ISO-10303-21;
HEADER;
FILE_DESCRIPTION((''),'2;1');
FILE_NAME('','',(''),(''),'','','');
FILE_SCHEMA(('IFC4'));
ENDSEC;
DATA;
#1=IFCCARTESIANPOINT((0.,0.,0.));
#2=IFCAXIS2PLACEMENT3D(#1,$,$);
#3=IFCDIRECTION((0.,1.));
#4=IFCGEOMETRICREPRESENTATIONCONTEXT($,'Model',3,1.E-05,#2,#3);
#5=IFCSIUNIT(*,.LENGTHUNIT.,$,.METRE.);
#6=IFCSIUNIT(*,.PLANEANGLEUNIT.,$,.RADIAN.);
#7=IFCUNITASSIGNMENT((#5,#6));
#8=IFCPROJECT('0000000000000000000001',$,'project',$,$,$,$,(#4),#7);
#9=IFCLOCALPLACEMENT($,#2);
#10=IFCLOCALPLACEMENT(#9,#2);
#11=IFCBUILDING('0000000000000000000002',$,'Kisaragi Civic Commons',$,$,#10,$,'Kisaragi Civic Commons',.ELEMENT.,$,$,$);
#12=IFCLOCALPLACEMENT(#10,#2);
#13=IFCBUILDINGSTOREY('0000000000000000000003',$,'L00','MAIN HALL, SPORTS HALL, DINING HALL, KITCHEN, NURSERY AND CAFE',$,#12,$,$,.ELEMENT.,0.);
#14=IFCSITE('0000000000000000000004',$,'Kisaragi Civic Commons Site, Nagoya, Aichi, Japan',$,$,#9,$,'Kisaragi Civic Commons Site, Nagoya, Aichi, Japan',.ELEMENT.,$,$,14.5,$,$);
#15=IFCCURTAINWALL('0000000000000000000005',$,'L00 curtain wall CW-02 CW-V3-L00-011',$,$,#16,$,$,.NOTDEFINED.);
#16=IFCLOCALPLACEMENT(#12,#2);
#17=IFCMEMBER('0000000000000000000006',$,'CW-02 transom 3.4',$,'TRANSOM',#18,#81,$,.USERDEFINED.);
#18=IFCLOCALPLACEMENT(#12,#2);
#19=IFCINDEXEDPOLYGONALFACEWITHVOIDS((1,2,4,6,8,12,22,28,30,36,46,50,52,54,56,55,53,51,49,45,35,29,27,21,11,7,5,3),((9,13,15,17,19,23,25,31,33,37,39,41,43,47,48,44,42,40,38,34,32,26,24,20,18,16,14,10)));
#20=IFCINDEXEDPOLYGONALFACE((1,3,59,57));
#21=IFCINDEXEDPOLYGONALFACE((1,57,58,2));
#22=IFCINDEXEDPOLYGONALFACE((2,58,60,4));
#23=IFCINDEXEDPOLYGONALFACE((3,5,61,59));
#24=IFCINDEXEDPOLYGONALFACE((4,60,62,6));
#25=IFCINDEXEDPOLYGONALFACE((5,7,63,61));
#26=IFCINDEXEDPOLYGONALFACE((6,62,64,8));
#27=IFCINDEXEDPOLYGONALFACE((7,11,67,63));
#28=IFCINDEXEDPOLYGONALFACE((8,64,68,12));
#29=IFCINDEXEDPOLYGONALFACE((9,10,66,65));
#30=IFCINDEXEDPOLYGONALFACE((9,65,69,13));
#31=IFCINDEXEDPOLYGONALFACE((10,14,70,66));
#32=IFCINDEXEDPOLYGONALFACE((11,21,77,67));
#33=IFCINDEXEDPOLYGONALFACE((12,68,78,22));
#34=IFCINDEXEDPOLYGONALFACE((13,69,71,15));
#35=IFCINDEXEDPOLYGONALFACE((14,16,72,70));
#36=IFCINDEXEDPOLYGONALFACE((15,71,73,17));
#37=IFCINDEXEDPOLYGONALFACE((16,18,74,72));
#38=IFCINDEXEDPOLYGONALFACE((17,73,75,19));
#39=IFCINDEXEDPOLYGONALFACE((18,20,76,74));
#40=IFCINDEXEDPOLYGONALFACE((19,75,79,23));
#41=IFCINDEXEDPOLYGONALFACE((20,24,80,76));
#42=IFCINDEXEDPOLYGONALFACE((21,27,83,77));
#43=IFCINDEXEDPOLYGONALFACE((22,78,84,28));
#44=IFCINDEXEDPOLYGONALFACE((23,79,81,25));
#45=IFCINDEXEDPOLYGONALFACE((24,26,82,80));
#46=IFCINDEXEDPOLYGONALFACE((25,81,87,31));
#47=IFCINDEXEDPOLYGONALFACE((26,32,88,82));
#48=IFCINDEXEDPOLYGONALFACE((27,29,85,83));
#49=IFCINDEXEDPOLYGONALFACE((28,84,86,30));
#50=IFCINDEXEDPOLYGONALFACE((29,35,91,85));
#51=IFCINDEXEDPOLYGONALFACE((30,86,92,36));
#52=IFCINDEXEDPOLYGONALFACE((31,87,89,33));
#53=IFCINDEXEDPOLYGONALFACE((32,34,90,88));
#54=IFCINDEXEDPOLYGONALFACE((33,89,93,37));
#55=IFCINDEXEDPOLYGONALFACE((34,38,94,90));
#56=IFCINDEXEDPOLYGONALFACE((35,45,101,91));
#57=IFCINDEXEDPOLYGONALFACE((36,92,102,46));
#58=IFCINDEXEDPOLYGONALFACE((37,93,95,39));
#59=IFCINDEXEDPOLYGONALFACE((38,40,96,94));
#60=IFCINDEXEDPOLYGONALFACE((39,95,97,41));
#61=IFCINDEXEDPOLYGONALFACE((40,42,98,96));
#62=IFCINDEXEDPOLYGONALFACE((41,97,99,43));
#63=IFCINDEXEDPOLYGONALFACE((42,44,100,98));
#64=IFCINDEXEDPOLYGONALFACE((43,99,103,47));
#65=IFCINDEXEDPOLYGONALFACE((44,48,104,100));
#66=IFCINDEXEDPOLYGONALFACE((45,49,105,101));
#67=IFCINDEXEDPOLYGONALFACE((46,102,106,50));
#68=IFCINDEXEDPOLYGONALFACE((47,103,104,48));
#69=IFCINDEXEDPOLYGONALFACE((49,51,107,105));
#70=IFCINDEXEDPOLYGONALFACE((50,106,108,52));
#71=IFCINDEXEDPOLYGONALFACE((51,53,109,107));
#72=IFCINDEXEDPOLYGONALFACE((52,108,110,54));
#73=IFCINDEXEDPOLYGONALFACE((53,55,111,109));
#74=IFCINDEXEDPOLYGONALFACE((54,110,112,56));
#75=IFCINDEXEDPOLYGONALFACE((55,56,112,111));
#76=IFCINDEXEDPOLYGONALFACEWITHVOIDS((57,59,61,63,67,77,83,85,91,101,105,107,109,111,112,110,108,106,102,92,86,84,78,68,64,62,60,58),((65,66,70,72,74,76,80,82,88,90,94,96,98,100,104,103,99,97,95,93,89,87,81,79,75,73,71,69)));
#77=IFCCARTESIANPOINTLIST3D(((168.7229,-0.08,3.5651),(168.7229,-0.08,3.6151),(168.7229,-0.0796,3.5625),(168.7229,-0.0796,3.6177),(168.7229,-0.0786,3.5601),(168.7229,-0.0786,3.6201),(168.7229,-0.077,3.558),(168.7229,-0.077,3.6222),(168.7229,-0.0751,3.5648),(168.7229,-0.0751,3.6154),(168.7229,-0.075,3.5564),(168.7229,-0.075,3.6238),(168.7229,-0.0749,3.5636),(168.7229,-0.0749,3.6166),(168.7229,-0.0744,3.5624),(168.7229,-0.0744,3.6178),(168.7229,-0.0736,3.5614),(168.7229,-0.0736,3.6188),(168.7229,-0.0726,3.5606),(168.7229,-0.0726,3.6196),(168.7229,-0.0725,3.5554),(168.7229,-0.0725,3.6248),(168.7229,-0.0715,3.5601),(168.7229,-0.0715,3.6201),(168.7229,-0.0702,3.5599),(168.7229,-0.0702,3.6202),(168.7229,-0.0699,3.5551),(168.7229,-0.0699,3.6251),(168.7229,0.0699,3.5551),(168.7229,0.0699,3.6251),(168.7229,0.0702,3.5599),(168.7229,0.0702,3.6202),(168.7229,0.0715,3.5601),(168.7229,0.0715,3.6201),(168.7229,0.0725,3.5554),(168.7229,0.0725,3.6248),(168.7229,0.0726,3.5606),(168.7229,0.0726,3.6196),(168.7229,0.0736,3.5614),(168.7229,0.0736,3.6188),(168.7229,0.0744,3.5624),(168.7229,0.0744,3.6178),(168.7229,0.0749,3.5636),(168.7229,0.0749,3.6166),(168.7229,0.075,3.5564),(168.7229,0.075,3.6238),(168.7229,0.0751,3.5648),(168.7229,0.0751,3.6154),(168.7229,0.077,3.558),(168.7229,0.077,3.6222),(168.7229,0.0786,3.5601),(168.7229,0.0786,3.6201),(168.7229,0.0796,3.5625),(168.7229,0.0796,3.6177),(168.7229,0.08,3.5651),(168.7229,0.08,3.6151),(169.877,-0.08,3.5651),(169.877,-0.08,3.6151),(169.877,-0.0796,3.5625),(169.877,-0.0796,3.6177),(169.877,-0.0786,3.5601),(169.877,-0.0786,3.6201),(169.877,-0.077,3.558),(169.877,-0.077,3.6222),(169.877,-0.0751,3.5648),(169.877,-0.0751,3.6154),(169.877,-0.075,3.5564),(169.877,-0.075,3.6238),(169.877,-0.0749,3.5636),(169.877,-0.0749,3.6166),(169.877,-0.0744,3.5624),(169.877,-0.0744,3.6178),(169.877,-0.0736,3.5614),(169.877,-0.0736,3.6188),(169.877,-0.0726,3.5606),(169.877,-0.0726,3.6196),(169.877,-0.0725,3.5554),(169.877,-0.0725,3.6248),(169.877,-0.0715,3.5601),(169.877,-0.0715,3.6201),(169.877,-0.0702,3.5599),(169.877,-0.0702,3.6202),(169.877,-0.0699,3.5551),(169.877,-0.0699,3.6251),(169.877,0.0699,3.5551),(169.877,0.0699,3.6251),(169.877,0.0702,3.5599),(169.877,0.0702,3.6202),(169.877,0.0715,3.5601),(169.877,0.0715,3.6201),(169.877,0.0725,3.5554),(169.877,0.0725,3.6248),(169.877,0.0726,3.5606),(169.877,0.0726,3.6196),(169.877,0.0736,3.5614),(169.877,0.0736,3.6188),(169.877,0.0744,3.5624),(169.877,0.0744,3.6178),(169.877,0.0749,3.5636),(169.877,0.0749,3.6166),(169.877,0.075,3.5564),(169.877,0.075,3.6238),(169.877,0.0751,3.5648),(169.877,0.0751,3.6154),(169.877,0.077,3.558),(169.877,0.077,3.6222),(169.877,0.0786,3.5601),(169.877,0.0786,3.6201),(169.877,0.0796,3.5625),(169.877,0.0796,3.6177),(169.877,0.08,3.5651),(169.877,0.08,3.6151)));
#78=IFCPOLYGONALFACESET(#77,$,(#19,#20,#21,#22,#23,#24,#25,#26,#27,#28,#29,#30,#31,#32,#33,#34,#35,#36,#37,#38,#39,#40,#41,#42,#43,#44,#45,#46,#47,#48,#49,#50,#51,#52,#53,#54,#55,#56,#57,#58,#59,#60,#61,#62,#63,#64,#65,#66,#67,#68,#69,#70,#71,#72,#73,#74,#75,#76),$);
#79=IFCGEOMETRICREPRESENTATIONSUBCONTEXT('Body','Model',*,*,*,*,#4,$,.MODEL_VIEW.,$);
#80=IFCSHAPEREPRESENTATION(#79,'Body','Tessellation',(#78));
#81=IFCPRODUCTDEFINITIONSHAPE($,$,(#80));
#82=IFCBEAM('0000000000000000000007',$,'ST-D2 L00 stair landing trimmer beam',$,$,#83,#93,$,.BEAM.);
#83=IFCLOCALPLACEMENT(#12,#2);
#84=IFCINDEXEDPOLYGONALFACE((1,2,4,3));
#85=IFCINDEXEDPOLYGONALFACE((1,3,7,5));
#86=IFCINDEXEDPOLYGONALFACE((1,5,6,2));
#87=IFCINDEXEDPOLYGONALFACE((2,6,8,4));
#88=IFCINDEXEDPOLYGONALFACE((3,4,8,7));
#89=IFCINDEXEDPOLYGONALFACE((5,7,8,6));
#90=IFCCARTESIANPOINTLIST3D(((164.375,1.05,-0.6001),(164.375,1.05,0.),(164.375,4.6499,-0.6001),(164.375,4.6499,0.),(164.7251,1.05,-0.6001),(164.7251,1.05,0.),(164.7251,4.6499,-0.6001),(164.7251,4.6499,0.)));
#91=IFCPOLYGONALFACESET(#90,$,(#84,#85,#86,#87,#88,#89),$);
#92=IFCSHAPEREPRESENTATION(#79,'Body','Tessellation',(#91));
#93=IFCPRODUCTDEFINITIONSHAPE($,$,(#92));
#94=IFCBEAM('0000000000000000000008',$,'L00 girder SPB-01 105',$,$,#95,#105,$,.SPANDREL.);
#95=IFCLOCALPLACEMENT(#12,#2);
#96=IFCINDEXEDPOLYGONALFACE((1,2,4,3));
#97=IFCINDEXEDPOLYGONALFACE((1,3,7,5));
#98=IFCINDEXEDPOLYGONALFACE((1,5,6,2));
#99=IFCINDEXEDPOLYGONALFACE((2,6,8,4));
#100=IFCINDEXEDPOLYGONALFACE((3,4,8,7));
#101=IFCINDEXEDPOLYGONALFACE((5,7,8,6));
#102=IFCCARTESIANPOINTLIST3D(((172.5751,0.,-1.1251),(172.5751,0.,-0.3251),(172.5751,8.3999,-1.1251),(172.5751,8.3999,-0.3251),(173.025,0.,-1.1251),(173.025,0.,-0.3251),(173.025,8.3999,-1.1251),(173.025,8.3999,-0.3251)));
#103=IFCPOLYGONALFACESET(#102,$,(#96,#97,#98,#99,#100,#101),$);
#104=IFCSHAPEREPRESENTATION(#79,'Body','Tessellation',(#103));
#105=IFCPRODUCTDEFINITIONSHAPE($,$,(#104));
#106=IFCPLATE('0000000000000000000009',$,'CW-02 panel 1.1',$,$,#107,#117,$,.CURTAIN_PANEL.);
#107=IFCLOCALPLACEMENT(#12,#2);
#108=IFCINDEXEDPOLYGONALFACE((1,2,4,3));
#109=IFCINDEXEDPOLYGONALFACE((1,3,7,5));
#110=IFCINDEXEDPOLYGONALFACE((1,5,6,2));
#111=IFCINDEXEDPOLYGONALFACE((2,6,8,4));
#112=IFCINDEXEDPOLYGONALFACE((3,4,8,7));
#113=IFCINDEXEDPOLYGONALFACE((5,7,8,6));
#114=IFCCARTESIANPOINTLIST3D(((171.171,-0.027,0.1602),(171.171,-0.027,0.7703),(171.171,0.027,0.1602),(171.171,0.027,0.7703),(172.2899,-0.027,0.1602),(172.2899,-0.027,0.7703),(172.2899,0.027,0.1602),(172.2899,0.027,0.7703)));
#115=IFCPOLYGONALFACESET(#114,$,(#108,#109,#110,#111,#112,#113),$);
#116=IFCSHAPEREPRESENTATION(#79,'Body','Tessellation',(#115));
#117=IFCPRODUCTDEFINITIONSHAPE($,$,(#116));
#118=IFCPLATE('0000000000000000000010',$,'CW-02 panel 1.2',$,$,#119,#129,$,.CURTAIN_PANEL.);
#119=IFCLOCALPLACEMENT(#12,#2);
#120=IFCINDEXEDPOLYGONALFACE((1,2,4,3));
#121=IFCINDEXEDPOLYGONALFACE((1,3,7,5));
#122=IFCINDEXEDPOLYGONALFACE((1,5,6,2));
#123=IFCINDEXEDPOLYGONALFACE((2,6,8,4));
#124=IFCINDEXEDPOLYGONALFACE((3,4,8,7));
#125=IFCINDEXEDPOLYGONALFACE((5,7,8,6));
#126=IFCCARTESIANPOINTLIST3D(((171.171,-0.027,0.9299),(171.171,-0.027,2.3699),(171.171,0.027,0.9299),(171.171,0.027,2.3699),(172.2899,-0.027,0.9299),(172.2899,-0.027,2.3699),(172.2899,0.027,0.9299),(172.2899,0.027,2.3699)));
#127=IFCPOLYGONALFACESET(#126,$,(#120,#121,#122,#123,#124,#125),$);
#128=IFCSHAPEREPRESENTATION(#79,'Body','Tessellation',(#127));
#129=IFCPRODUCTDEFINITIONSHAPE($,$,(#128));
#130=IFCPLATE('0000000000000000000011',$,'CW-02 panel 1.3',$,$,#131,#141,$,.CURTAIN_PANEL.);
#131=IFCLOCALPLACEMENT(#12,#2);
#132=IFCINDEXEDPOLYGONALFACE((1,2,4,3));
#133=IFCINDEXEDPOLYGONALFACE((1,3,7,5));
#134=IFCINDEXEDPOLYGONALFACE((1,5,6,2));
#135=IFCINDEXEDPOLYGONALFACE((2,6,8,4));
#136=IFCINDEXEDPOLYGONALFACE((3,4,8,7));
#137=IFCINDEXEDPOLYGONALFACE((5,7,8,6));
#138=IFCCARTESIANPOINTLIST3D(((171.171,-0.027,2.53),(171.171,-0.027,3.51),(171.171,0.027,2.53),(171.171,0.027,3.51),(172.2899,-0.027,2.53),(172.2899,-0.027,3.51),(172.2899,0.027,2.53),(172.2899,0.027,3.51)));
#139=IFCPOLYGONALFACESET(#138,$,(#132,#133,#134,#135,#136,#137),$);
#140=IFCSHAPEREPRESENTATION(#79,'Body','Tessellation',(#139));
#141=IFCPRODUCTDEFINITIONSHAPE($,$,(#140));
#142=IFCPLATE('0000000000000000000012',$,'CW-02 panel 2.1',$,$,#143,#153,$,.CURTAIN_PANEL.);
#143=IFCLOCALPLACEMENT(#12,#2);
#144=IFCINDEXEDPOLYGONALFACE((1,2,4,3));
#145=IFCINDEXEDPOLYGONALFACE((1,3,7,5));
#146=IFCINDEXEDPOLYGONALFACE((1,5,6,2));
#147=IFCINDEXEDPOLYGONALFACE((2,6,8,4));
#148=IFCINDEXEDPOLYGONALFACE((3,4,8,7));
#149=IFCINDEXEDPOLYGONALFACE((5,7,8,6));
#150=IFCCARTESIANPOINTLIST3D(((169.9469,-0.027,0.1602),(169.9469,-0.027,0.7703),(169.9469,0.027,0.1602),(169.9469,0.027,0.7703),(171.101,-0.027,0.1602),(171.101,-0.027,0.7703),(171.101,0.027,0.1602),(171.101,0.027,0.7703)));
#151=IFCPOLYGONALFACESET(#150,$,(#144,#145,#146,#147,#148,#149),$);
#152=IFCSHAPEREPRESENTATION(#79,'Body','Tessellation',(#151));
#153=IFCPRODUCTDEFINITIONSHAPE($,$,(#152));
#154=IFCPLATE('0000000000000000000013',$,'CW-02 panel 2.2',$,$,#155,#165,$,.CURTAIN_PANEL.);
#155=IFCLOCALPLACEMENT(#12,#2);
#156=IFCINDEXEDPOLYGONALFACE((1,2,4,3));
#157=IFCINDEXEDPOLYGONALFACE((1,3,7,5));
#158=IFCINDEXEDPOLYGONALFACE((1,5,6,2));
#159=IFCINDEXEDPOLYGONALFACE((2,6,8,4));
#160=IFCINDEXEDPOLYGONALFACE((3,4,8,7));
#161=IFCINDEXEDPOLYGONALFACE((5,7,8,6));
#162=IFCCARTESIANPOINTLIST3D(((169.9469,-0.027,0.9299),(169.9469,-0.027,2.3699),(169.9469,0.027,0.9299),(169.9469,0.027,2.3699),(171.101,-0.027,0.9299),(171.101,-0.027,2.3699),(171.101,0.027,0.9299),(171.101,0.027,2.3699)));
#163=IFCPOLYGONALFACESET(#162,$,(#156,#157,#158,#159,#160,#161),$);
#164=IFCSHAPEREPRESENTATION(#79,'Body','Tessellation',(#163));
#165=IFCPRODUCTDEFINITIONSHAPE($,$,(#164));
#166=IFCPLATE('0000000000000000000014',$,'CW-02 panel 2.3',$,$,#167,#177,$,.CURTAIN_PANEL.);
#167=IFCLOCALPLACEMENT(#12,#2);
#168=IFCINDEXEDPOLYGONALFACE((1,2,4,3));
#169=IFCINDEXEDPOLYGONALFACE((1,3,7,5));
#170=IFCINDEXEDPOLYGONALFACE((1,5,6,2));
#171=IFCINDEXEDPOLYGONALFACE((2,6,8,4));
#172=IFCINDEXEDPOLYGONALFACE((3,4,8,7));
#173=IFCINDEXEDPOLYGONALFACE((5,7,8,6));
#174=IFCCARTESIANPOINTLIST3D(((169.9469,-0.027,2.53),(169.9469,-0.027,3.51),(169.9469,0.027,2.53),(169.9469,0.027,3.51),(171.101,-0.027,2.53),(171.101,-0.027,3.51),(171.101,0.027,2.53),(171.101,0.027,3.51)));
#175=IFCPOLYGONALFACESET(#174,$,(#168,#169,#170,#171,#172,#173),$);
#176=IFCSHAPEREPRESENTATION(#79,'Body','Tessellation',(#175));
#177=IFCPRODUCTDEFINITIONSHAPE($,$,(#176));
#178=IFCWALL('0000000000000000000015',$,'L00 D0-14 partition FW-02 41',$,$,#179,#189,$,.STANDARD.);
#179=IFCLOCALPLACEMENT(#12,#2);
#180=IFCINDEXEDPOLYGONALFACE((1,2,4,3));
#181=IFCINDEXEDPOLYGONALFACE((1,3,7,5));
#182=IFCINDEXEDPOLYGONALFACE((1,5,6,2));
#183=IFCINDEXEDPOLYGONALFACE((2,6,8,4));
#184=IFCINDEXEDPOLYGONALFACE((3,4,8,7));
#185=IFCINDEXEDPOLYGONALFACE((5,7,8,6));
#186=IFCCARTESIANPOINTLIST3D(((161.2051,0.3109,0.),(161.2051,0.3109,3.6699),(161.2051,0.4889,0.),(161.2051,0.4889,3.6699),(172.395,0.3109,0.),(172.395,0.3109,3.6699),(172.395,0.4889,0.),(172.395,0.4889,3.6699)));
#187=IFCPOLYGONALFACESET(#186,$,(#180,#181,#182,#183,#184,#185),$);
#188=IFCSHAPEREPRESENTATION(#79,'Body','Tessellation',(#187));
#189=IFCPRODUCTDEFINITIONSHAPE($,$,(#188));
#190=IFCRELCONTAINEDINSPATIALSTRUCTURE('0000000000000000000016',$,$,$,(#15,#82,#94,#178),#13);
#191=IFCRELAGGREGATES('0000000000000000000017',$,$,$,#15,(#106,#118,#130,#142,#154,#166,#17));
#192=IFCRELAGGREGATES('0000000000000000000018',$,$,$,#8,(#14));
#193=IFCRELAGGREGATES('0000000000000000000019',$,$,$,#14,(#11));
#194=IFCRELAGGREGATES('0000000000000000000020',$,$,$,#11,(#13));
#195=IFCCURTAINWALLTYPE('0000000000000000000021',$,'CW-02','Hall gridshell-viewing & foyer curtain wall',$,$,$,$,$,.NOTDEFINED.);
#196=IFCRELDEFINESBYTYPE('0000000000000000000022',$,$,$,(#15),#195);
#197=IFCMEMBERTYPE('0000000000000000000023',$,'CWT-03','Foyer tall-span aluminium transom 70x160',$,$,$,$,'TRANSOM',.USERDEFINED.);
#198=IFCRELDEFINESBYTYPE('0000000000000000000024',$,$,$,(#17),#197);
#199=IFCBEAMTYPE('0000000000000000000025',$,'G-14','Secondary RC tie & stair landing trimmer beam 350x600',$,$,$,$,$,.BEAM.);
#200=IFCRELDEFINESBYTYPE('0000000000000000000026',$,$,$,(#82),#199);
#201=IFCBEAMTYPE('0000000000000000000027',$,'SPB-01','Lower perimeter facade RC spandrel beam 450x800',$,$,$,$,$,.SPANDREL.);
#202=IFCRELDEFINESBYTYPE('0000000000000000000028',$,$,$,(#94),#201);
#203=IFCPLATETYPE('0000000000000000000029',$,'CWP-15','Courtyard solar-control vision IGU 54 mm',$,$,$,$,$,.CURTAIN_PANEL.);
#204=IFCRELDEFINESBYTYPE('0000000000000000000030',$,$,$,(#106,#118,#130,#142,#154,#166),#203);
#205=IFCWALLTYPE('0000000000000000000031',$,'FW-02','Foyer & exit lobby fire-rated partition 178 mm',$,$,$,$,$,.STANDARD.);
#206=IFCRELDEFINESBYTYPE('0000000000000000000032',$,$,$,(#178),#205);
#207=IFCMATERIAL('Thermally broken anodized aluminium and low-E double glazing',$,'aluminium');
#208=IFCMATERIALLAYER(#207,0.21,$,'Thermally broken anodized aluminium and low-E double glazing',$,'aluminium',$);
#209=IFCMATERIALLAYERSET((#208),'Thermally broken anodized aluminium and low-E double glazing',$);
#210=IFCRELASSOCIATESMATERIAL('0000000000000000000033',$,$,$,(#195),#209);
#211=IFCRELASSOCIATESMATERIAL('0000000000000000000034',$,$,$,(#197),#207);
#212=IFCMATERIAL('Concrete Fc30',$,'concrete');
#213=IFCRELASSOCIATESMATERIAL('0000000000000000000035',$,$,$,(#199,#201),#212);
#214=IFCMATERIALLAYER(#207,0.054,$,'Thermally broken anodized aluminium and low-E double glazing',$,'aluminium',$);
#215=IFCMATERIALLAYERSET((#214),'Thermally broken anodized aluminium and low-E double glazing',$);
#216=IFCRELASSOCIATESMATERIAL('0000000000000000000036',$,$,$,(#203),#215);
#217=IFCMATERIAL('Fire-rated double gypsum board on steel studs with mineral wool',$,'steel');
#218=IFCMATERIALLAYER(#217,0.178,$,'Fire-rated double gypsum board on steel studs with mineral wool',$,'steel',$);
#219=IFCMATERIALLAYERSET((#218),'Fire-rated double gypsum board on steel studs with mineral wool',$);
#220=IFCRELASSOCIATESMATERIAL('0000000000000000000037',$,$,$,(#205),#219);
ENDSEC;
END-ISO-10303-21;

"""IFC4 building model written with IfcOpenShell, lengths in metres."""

from ifc_helpers import new_model, si_unit, direction, frame, frame_2d, origin, origin_2d, place, context, subcontext, project, spatial, rectangle, hollow_rectangle, extrude, material, layer, layer_set, material_profile, profile_set, type_object, element, aggregate, save


model = new_model("IFC4")

# Units and contexts
model_context = context("Model", 3, precision=1e-05, world=origin(), true_north=direction((0.0, 1.0)))
body_context = subcontext(model_context, "Body", "Model", "MODEL_VIEW")
ifc_project = project(units=[si_unit("LENGTHUNIT", "METRE"), si_unit("PLANEANGLEUNIT", "RADIAN")], contexts=[model_context])

# Site, building, storey
site_placement = place(None, origin())
site = spatial("IfcSite", under=ifc_project, at=site_placement, Name="Kisaragi Civic Commons Site, Nagoya, Aichi, Japan", LongName="Kisaragi Civic Commons Site, Nagoya, Aichi, Japan", CompositionType="ELEMENT", RefElevation=14.5)
building_placement = place(site_placement, origin())
building = spatial("IfcBuilding", under=site, at=building_placement, Name="Kisaragi Civic Commons", LongName="Kisaragi Civic Commons", CompositionType="ELEMENT")
storey_placement = place(building_placement, origin())
storey = spatial("IfcBuildingStorey", under=building, at=storey_placement, Name="L00", Description="MAIN HALL, SPORTS HALL, DINING HALL, KITCHEN, NURSERY AND CAFE", CompositionType="ELEMENT", Elevation=0.0)

# Curtain wall, member
ifc_material_1 = material(Name="Thermally broken anodized aluminium and low-E double glazing", Category="aluminium")
ifc_layer_1 = layer(ifc_material_1, 0.21, Name="Thermally broken anodized aluminium and low-E double glazing", Category="aluminium")
ifc_layer_set_1 = layer_set([ifc_layer_1], Name="Thermally broken anodized aluminium and low-E double glazing")
curtain_wall_type = type_object("IfcCurtainWallType", Name="CW-02", Description="Hall gridshell-viewing & foyer curtain wall", PredefinedType="NOTDEFINED", material=ifc_layer_set_1)
curtain_wall_placement = place(storey_placement, origin())
curtain_wall = element("IfcCurtainWall", 1, at=curtain_wall_placement, inside=storey, type_object=curtain_wall_type, Name="L00 curtain wall CW-02 CW-V3-L00-011", PredefinedType="NOTDEFINED")
ifc_material_profile_1 = material_profile(ifc_material_1, hollow_rectangle(XDim=0.1599, YDim=0.0701, WallThickness=0.0049, InnerFilletRadius=0.0049, OuterFilletRadius=0.01, at=origin_2d()), Name="CWT-70x160x5", Category="aluminium")
ifc_profile_set_1 = profile_set([ifc_material_profile_1], Name="Thermally broken anodized aluminium and low-E double glazing")
member_type_1 = type_object("IfcMemberType", Name="CWT-03", Description="Foyer tall-span aluminium transom 70x160", ElementType="TRANSOM", PredefinedType="USERDEFINED", material=ifc_profile_set_1)
member_1_placement = place(storey_placement, frame((169.877, 0.0, 3.5901), z_axis=(-1.0, 0.0, 0.0), x_axis=(0.0, -1.0, 0.0)))
member_1 = element("IfcMember", 2, at=member_1_placement, type_object=member_type_1, Name="CW-02 transom 3.4", ObjectType="TRANSOM", PredefinedType="USERDEFINED", context=body_context, shape_type="SweptSolid", body=[
    extrude(hollow_rectangle(XDim=0.1599, YDim=0.0701, WallThickness=0.0049, InnerFilletRadius=0.0049, OuterFilletRadius=0.01, at=origin_2d()), origin(), (0.0, 0.0, 1.0), 1.1541),
])

# Beams
ifc_material_2 = material(Name="Concrete Fc30", Category="concrete")
ifc_material_profile_2 = material_profile(ifc_material_2, rectangle(XDim=0.3501, YDim=0.6001, at=origin_2d()), Name="RC-350x600", Category="concrete")
ifc_profile_set_2 = profile_set([ifc_material_profile_2], Name="Concrete Fc30")
beam_type_1 = type_object("IfcBeamType", Name="G-14", Description="Secondary RC tie & stair landing trimmer beam 350x600", PredefinedType="BEAM", material=ifc_profile_set_2)
beam_1_placement = place(storey_placement, frame((164.55, 1.05, -0.3), z_axis=(0.0, 1.0, 0.0), x_axis=(-1.0, 0.0, 0.0)))
element("IfcBeam", 3, at=beam_1_placement, inside=storey, type_object=beam_type_1, Name="ST-D2 L00 stair landing trimmer beam", PredefinedType="BEAM", context=body_context, shape_type="SweptSolid", body=[
    extrude(rectangle(XDim=0.3501, YDim=0.6001, at=origin_2d()), origin(), (0.0, 0.0, 1.0), 3.5999),
])
ifc_material_profile_3 = material_profile(ifc_material_2, rectangle(XDim=0.45, YDim=0.8, at=origin_2d()), Name="RC-450x800", Category="concrete")
ifc_profile_set_3 = profile_set([ifc_material_profile_3], Name="Concrete Fc30")
beam_type_2 = type_object("IfcBeamType", Name="SPB-01", Description="Lower perimeter facade RC spandrel beam 450x800", PredefinedType="SPANDREL", material=ifc_profile_set_3)
beam_2_placement = place(storey_placement, frame((172.8, 0.0, -0.7251), z_axis=(0.0, 1.0, 0.0), x_axis=(-1.0, 0.0, 0.0)))
element("IfcBeam", 4, at=beam_2_placement, inside=storey, type_object=beam_type_2, Name="L00 girder SPB-01 105", PredefinedType="SPANDREL", context=body_context, shape_type="SweptSolid", body=[
    extrude(rectangle(XDim=0.45, YDim=0.8, at=origin_2d()), origin(), (0.0, 0.0, 1.0), 8.3999),
])

# Plates
ifc_layer_2 = layer(ifc_material_1, 0.054, Name="Thermally broken anodized aluminium and low-E double glazing", Category="aluminium")
ifc_layer_set_2 = layer_set([ifc_layer_2], Name="Thermally broken anodized aluminium and low-E double glazing")
plate_type = type_object("IfcPlateType", Name="CWP-15", Description="Courtyard solar-control vision IGU 54 mm", PredefinedType="CURTAIN_PANEL", material=ifc_layer_set_2)
plate_1_placement = place(storey_placement, frame((171.7305, 0.0, 0.1602), z_axis=(0.0, 0.0, 1.0), x_axis=(-1.0, 0.0, 0.0)))
plate_1 = element("IfcPlate", 5, at=plate_1_placement, type_object=plate_type, Name="CW-02 panel 1.1", PredefinedType="CURTAIN_PANEL", context=body_context, shape_type="SweptSolid", body=[
    extrude(rectangle(XDim=1.1189, YDim=0.054, at=origin_2d()), origin(), (0.0, 0.0, 1.0), 0.6101),
])
plate_2_placement = place(storey_placement, frame((171.7305, 0.0, 0.9299), z_axis=(0.0, 0.0, 1.0), x_axis=(-1.0, 0.0, 0.0)))
plate_2 = element("IfcPlate", 6, at=plate_2_placement, type_object=plate_type, Name="CW-02 panel 1.2", PredefinedType="CURTAIN_PANEL", context=body_context, shape_type="SweptSolid", body=[
    extrude(rectangle(XDim=1.1189, YDim=0.054, at=origin_2d()), origin(), (0.0, 0.0, 1.0), 1.4399),
])
plate_3_placement = place(storey_placement, frame((171.7305, 0.0, 2.53), z_axis=(0.0, 0.0, 1.0), x_axis=(-1.0, 0.0, 0.0)))
plate_3 = element("IfcPlate", 7, at=plate_3_placement, type_object=plate_type, Name="CW-02 panel 1.3", PredefinedType="CURTAIN_PANEL", context=body_context, shape_type="SweptSolid", body=[
    extrude(rectangle(XDim=1.1189, YDim=0.054, at=origin_2d()), origin(), (0.0, 0.0, 1.0), 0.98),
])
plate_4_placement = place(storey_placement, frame((170.5239, 0.0, 0.1602), z_axis=(0.0, 0.0, 1.0), x_axis=(-1.0, 0.0, 0.0)))
plate_4 = element("IfcPlate", 8, at=plate_4_placement, type_object=plate_type, Name="CW-02 panel 2.1", PredefinedType="CURTAIN_PANEL", context=body_context, shape_type="SweptSolid", body=[
    extrude(rectangle(XDim=1.1541, YDim=0.054, at=origin_2d()), origin(), (0.0, 0.0, 1.0), 0.6101),
])
plate_5_placement = place(storey_placement, frame((170.5239, 0.0, 0.9299), z_axis=(0.0, 0.0, 1.0), x_axis=(-1.0, 0.0, 0.0)))
plate_5 = element("IfcPlate", 9, at=plate_5_placement, type_object=plate_type, Name="CW-02 panel 2.2", PredefinedType="CURTAIN_PANEL", context=body_context, shape_type="SweptSolid", body=[
    extrude(rectangle(XDim=1.1541, YDim=0.054, at=origin_2d()), origin(), (0.0, 0.0, 1.0), 1.4399),
])
plate_6_placement = place(storey_placement, frame((170.5239, 0.0, 2.53), z_axis=(0.0, 0.0, 1.0), x_axis=(-1.0, 0.0, 0.0)))
plate_6 = element("IfcPlate", 10, at=plate_6_placement, type_object=plate_type, Name="CW-02 panel 2.3", PredefinedType="CURTAIN_PANEL", context=body_context, shape_type="SweptSolid", body=[
    extrude(rectangle(XDim=1.1541, YDim=0.054, at=origin_2d()), origin(), (0.0, 0.0, 1.0), 0.98),
])
aggregate(curtain_wall, [plate_1, plate_2, plate_3, plate_4, plate_5, plate_6, member_1])

# Wall
ifc_material_3 = material(Name="Fire-rated double gypsum board on steel studs with mineral wool", Category="steel")
ifc_layer_3 = layer(ifc_material_3, 0.178, Name="Fire-rated double gypsum board on steel studs with mineral wool", Category="steel")
ifc_layer_set_3 = layer_set([ifc_layer_3], Name="Fire-rated double gypsum board on steel studs with mineral wool")
wall_type_1 = type_object("IfcWallType", Name="FW-02", Description="Foyer & exit lobby fire-rated partition 178 mm", PredefinedType="STANDARD", material=ifc_layer_set_3)
wall_1_placement = place(storey_placement, frame((172.395, 0.3999, 0.0), z_axis=(0.0, 0.0, 1.0), x_axis=(-1.0, 0.0, 0.0)))
element("IfcWall", 11, at=wall_1_placement, inside=storey, type_object=wall_type_1, Name="L00 D0-14 partition FW-02 41", PredefinedType="STANDARD", context=body_context, shape_type="SweptSolid", body=[
    extrude(rectangle(XDim=11.1899, YDim=0.178, at=frame_2d((5.595, 0.0))), origin(), (0.0, 0.0, 1.0), 3.6699),
])

save(model, "model.ifc")
